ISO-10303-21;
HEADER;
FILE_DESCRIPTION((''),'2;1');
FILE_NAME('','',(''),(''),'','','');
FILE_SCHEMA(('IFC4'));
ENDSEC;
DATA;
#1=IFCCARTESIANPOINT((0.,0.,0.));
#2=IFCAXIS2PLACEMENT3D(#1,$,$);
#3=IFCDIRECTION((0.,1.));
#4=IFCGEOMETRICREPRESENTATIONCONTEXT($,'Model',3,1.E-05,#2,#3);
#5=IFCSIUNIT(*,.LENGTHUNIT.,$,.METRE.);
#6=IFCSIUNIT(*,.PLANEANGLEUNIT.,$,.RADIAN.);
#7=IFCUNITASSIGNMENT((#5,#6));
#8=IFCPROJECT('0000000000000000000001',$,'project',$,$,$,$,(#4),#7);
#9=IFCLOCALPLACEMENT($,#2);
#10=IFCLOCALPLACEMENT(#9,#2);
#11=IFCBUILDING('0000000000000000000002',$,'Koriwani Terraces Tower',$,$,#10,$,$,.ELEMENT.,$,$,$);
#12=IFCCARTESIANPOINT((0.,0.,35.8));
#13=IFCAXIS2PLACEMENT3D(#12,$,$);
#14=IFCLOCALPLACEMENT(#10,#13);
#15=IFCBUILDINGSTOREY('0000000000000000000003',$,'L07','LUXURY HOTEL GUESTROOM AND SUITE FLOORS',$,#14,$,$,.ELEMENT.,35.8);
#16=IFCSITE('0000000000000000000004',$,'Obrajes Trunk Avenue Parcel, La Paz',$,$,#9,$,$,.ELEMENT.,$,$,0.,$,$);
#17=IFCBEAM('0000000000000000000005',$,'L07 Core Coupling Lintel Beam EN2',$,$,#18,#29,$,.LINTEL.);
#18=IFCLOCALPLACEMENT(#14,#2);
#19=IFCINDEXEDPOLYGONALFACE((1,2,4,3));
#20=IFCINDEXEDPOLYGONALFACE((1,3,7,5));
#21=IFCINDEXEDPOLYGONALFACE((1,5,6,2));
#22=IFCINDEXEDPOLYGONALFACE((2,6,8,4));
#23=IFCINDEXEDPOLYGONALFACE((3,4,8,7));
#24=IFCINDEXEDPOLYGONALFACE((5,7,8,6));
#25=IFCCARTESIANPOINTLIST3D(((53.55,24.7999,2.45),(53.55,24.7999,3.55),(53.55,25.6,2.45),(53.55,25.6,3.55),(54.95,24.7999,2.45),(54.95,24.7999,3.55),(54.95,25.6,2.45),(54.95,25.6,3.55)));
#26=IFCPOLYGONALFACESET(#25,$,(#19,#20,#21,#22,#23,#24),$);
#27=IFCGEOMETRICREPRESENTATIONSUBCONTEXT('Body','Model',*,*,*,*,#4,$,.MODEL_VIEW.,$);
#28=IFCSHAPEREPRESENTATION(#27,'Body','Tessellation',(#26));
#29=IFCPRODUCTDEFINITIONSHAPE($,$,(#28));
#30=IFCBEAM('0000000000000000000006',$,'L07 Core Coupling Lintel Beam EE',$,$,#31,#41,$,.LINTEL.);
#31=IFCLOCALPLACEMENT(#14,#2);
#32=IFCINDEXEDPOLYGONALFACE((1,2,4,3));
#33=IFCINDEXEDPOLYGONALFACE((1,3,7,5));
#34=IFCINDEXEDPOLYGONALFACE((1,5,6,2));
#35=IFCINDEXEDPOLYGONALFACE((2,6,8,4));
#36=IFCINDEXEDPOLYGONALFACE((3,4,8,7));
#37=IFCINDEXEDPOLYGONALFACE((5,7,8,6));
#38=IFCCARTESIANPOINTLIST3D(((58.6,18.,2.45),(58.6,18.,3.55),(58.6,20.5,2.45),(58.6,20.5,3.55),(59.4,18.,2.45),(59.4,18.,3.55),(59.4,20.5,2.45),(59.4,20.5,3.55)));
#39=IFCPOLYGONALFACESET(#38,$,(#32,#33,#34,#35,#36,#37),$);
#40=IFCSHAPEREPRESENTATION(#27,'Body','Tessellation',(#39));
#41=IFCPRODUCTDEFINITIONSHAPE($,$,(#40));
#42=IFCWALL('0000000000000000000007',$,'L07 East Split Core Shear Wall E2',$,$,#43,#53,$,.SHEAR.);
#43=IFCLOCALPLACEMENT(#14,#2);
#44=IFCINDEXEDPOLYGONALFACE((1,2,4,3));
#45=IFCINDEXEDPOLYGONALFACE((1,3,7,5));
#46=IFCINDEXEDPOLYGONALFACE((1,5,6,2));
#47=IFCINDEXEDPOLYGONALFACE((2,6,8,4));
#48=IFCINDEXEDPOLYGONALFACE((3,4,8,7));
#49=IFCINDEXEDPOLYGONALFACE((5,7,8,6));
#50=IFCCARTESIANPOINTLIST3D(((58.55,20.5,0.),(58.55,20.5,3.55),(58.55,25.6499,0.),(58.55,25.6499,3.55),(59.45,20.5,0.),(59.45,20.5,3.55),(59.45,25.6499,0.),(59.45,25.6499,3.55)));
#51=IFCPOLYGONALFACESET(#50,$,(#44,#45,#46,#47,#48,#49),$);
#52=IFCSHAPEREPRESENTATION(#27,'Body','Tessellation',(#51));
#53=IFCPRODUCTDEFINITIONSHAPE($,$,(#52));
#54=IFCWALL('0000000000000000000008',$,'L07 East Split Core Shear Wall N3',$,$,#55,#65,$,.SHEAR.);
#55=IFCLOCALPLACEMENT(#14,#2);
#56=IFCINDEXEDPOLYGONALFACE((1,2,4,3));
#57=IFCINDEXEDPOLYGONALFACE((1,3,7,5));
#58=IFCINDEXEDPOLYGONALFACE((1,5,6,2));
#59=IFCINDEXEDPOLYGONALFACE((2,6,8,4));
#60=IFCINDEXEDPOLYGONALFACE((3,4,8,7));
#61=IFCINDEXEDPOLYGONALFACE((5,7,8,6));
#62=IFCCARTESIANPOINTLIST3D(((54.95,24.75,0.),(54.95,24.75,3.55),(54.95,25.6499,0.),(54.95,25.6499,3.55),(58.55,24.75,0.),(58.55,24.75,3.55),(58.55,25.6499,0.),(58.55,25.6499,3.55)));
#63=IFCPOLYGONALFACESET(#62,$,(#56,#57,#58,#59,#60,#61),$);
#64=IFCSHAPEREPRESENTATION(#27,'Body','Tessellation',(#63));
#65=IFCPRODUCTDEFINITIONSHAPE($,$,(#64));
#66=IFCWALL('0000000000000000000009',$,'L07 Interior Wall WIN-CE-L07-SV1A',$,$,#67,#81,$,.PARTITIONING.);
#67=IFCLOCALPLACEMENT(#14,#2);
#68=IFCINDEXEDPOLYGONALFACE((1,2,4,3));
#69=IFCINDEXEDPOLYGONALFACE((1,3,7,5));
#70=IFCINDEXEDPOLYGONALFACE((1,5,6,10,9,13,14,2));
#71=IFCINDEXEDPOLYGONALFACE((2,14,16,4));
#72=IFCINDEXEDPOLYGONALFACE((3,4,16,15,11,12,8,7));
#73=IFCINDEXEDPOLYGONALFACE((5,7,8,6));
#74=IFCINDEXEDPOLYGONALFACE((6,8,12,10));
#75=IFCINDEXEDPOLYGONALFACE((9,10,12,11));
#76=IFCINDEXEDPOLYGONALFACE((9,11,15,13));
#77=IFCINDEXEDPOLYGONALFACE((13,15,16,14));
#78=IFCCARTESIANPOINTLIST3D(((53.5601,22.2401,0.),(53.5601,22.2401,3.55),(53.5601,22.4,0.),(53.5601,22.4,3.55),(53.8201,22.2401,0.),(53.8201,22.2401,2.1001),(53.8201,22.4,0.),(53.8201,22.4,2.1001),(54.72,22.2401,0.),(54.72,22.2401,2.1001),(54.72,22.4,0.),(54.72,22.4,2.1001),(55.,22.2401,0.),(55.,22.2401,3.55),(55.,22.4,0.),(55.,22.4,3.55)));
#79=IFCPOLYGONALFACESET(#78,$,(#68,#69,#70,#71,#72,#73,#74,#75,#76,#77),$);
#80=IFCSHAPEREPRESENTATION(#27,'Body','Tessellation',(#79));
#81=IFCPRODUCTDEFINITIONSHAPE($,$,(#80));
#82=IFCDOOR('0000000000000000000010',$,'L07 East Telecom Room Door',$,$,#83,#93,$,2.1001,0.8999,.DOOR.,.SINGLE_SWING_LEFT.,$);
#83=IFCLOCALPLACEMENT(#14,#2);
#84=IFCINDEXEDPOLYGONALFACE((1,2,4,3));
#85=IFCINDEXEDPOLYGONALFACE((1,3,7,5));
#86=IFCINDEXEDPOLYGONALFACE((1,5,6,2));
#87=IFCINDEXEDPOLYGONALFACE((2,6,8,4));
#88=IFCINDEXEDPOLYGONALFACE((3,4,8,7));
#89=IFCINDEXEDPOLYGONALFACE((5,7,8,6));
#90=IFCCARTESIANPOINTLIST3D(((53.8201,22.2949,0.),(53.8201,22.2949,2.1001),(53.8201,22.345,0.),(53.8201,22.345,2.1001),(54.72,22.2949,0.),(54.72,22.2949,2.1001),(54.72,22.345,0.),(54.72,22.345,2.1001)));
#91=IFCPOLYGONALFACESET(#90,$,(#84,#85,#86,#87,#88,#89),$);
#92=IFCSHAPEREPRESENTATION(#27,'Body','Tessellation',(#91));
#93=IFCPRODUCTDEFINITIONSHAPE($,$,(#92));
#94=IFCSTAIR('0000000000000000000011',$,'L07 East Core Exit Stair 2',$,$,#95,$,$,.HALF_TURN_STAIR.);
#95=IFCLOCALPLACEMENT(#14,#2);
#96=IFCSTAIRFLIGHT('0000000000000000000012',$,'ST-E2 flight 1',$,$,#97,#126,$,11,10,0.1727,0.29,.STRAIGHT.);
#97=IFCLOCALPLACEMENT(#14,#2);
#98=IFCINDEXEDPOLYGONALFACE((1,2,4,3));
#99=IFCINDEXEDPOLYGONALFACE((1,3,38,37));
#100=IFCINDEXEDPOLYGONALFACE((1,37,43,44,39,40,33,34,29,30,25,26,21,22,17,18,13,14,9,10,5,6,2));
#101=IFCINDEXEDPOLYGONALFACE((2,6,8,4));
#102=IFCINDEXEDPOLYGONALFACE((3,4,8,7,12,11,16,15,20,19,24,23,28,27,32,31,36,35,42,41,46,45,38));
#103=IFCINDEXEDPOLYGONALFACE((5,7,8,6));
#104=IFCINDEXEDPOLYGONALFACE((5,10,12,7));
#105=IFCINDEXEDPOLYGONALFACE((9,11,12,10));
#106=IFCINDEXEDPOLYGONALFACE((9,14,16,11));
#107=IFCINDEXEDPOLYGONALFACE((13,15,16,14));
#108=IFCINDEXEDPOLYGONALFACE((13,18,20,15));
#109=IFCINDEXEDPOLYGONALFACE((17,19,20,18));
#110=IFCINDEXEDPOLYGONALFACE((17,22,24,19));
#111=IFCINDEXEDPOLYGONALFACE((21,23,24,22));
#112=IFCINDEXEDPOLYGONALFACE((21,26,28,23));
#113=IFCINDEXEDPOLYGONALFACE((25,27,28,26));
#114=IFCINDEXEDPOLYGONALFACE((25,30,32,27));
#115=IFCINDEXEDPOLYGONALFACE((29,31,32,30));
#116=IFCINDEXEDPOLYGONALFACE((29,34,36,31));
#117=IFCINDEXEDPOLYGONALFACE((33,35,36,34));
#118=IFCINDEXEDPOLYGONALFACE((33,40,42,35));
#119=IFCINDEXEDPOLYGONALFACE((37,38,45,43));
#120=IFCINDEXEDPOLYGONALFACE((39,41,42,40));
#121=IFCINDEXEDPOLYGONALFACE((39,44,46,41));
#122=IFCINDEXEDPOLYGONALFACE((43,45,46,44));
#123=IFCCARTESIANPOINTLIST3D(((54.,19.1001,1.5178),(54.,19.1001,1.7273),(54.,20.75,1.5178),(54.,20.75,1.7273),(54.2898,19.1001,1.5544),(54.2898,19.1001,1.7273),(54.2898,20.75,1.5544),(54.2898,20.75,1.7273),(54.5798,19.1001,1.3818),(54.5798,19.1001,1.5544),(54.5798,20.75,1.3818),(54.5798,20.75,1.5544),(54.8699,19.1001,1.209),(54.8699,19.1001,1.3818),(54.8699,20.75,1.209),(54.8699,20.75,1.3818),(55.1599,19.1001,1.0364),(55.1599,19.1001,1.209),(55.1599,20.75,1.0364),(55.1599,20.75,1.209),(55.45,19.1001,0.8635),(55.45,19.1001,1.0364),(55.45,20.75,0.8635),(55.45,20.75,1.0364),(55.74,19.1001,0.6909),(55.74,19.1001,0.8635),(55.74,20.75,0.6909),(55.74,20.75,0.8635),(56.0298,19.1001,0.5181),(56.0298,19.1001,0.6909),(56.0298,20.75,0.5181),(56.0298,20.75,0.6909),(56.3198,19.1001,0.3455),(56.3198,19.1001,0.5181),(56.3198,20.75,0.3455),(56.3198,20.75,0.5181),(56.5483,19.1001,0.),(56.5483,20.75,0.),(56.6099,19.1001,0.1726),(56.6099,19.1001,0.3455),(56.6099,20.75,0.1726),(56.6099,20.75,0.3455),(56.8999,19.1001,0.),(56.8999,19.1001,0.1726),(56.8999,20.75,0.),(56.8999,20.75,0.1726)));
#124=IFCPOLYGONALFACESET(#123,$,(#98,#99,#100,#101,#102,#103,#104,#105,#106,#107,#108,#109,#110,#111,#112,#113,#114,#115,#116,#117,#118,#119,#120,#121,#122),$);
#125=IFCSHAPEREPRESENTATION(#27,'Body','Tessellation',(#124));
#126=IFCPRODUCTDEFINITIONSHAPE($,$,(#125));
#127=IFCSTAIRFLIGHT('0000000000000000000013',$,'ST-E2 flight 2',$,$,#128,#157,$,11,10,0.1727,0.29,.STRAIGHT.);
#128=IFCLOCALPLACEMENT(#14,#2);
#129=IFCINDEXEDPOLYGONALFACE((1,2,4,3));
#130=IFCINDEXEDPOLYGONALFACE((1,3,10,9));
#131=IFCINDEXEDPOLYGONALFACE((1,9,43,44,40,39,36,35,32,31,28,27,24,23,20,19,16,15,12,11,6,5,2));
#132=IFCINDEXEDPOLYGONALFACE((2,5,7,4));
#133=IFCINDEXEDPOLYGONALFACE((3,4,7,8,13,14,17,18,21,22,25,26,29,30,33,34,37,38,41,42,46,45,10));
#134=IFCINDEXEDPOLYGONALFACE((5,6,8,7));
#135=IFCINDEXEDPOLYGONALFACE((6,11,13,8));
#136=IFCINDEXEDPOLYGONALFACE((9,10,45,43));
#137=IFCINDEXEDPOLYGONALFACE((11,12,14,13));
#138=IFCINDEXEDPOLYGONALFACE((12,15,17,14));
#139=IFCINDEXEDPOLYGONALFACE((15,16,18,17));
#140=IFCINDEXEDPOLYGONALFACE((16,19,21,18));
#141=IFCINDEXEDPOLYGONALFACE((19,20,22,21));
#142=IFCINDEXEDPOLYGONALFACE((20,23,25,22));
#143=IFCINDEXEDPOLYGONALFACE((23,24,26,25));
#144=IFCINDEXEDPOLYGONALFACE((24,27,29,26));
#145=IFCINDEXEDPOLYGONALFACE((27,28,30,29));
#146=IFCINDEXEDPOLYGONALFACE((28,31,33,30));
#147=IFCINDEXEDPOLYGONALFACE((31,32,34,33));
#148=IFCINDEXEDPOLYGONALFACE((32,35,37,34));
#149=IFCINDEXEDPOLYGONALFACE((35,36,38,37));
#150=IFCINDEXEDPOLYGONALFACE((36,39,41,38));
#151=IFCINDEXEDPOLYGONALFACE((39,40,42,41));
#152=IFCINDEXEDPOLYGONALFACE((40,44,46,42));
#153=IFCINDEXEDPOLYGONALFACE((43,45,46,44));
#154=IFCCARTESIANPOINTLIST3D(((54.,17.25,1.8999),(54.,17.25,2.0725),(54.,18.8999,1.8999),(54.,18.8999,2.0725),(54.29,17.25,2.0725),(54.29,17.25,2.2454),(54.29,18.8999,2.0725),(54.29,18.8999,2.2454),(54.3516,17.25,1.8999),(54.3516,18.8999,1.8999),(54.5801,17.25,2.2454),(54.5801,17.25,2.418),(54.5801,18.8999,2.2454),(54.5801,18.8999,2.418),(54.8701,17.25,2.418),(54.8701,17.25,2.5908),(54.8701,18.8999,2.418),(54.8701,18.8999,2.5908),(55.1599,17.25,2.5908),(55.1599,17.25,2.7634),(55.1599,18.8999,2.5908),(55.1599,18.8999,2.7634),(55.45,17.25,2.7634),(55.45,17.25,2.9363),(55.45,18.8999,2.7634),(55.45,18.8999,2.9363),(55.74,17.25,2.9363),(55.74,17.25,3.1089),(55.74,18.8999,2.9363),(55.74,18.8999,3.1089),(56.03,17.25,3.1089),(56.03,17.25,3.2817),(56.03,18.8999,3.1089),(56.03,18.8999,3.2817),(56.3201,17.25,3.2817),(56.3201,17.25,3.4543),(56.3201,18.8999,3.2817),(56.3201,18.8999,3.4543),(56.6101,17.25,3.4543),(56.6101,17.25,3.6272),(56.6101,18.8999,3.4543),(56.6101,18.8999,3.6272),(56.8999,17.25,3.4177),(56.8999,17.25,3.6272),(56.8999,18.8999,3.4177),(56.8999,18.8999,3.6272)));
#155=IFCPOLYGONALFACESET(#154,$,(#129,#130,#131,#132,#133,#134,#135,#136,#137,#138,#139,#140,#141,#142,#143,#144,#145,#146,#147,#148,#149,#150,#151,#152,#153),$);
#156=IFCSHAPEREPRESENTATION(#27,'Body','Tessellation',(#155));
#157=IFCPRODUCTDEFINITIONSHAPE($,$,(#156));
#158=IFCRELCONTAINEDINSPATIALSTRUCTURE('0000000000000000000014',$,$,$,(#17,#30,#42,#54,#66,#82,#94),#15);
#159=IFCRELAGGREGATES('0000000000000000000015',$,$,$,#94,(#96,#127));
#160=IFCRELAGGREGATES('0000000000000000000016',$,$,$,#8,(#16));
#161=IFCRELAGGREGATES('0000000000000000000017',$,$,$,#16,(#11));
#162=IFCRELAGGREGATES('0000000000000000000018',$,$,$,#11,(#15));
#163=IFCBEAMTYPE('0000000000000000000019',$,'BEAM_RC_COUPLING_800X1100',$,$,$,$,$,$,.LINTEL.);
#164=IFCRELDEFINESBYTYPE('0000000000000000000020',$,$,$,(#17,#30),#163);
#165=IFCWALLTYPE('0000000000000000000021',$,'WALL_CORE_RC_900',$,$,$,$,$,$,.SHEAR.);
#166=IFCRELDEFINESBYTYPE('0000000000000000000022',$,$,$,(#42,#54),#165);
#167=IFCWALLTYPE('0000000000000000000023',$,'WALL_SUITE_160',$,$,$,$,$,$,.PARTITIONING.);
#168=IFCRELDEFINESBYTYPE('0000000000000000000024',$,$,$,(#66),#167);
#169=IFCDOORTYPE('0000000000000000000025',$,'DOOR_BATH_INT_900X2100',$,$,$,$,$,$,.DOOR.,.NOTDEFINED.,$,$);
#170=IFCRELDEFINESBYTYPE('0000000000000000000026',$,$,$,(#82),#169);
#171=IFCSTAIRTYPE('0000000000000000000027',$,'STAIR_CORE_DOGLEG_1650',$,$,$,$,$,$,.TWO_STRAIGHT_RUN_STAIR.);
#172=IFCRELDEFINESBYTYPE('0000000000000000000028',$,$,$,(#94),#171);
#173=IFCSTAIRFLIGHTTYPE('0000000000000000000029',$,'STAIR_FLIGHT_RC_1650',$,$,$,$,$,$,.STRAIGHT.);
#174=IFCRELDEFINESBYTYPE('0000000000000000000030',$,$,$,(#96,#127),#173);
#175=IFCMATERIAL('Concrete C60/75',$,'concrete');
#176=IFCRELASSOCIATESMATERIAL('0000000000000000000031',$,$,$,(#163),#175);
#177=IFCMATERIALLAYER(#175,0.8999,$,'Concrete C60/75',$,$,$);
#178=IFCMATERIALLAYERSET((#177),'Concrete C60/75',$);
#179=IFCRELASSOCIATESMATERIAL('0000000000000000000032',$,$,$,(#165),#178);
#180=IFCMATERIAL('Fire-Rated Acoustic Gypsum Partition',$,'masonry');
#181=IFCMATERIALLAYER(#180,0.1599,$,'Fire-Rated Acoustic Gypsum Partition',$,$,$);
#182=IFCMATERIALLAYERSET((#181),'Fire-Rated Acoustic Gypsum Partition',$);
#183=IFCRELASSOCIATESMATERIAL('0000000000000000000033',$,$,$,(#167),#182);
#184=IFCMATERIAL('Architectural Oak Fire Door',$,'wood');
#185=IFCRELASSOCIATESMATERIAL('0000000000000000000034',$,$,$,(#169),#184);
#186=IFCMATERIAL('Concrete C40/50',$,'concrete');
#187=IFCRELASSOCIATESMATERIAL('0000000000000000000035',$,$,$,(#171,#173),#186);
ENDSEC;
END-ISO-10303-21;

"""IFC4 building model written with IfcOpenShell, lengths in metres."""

from ifc_helpers import new_model, si_unit, direction, frame, frame_2d, origin, origin_2d, place, context, subcontext, project, spatial, polyline, rectangle, outline, extrude, material, layer, layer_set, material_profile, profile_set, type_object, element, fill, aggregate, save


model = new_model("IFC4")

# Units and contexts
model_context = context("Model", 3, precision=1e-05, world=origin(), true_north=direction((0.0, 1.0)))
body_context = subcontext(model_context, "Body", "Model", "MODEL_VIEW")
ifc_project = project(units=[si_unit("LENGTHUNIT", "METRE"), si_unit("PLANEANGLEUNIT", "RADIAN")], contexts=[model_context])

# Site, building, storey
site_placement = place(None, origin())
site = spatial("IfcSite", under=ifc_project, at=site_placement, Name="Obrajes Trunk Avenue Parcel, La Paz", CompositionType="ELEMENT", RefElevation=0.0)
building_placement = place(site_placement, origin())
building = spatial("IfcBuilding", under=site, at=building_placement, Name="Koriwani Terraces Tower", CompositionType="ELEMENT")
storey_placement = place(building_placement, frame((0.0, 0.0, 35.8)))
storey = spatial("IfcBuildingStorey", under=building, at=storey_placement, Name="L07", Description="LUXURY HOTEL GUESTROOM AND SUITE FLOORS", CompositionType="ELEMENT", Elevation=35.8)

# Beams
ifc_material_1 = material(Name="Concrete C60/75", Category="concrete")
ifc_material_profile = material_profile(ifc_material_1, rectangle(XDim=0.8, YDim=1.1001, at=origin_2d()), Name="Concrete C60/75", Category="LoadBearing")
ifc_profile_set = profile_set([ifc_material_profile], Name="Concrete C60/75")
beam_type = type_object("IfcBeamType", Name="BEAM_RC_COUPLING_800X1100", PredefinedType="LINTEL", material=ifc_profile_set)
beam_1_placement = place(storey_placement, frame((53.55, 25.2, 3.0), z_axis=(1.0, 0.0, 0.0), x_axis=(0.0, 1.0, 0.0)))
element("IfcBeam", 1, at=beam_1_placement, inside=storey, type_object=beam_type, Name="L07 Core Coupling Lintel Beam EN2", PredefinedType="LINTEL", context=body_context, shape_type="SweptSolid", body=[
    extrude(rectangle(XDim=0.8, YDim=1.1001, at=origin_2d()), origin(), (0.0, 0.0, 1.0), 1.3999),
])
beam_2_placement = place(storey_placement, frame((59.0, 18.0, 3.0), z_axis=(0.0, 1.0, 0.0), x_axis=(-1.0, 0.0, 0.0)))
element("IfcBeam", 2, at=beam_2_placement, inside=storey, type_object=beam_type, Name="L07 Core Coupling Lintel Beam EE", PredefinedType="LINTEL", context=body_context, shape_type="SweptSolid", body=[
    extrude(rectangle(XDim=0.8, YDim=1.1001, at=origin_2d()), origin(), (0.0, 0.0, 1.0), 2.5),
])

# Walls
ifc_layer_1 = layer(ifc_material_1, 0.8999, Name="Concrete C60/75")
ifc_layer_set_1 = layer_set([ifc_layer_1], Name="Concrete C60/75")
wall_type_1 = type_object("IfcWallType", Name="WALL_CORE_RC_900", PredefinedType="SHEAR", material=ifc_layer_set_1)
wall_1_placement = place(storey_placement, frame((59.0, 20.5, 0.0), z_axis=(0.0, 0.0, 1.0), x_axis=(0.0, 1.0, 0.0)))
element("IfcWall", 3, at=wall_1_placement, inside=storey, type_object=wall_type_1, Name="L07 East Split Core Shear Wall E2", PredefinedType="SHEAR", context=body_context, shape_type="SweptSolid", body=[
    extrude(rectangle(XDim=5.1499, YDim=0.8999, at=frame_2d((2.575, 0.0))), origin(), (0.0, 0.0, 1.0), 3.55),
])
wall_2_placement = place(storey_placement, frame((54.95, 25.2, 0.0), z_axis=(0.0, 0.0, 1.0), x_axis=(1.0, 0.0, 0.0)))
element("IfcWall", 4, at=wall_2_placement, inside=storey, type_object=wall_type_1, Name="L07 East Split Core Shear Wall N3", PredefinedType="SHEAR", context=body_context, shape_type="SweptSolid", body=[
    extrude(rectangle(XDim=3.6001, YDim=0.8999, at=frame_2d((1.8, 0.0))), origin(), (0.0, 0.0, 1.0), 3.55),
])

# Wall, opening, door
ifc_material_2 = material(Name="Concrete C40/50", Category="concrete")
ifc_material_3 = material(Name="Fire-Rated Acoustic Gypsum Partition", Category="masonry")
ifc_layer_2 = layer(ifc_material_3, 0.1599, Name="Fire-Rated Acoustic Gypsum Partition")
ifc_layer_set_2 = layer_set([ifc_layer_2], Name="Fire-Rated Acoustic Gypsum Partition")
wall_type_2 = type_object("IfcWallType", Name="WALL_SUITE_160", PredefinedType="PARTITIONING", material=ifc_layer_set_2)
wall_3_placement = place(storey_placement, frame((53.5601, 22.3201, 0.0), z_axis=(0.0, 0.0, 1.0), x_axis=(1.0, 0.0, 0.0)))
wall_3 = element("IfcWall", 5, at=wall_3_placement, inside=storey, type_object=wall_type_2, Name="L07 Interior Wall WIN-CE-L07-SV1A", PredefinedType="PARTITIONING", context=body_context, shape_type="SweptSolid", body=[
    extrude(rectangle(XDim=1.4399, YDim=0.1599, at=frame_2d((0.72, 0.0))), origin(), (0.0, 0.0, 1.0), 3.55),
])
opening_1_placement = place(wall_3_placement, frame((0.26, 0.0, 0.0)))
opening_1 = element("IfcOpeningElement", 6, at=opening_1_placement, cuts=wall_3, PredefinedType="OPENING", context=body_context, shape_type="SweptSolid", body=[
    extrude(rectangle(XDim=0.8999, YDim=2.1001, at=frame_2d((0.45, 1.05))), frame((0.0, 0.0898, 0.0), z_axis=(0.0, -1.0, 0.0), x_axis=(1.0, 0.0, 0.0)), (0.0, 0.0, 1.0), 0.1799),
])
ifc_material_4 = material(Name="Architectural Oak Fire Door", Category="wood")
door_type_1 = type_object("IfcDoorType", Name="DOOR_BATH_INT_900X2100", OperationType="NOTDEFINED", PredefinedType="DOOR", material=ifc_material_4)
door_1_placement = place(opening_1_placement, origin())
door_1 = element("IfcDoor", 7, at=door_1_placement, inside=storey, type_object=door_type_1, Name="L07 East Telecom Room Door", OperationType="SINGLE_SWING_LEFT", OverallHeight=2.1001, OverallWidth=0.8999, PredefinedType="DOOR", context=body_context, shape_type="SweptSolid", body=[
    extrude(rectangle(XDim=0.8999, YDim=2.1001, at=frame_2d((0.45, 1.05))), frame((0.0, 0.0249, 0.0), z_axis=(0.0, -1.0, 0.0), x_axis=(1.0, 0.0, 0.0)), (0.0, 0.0, 1.0), 0.05),
])
fill(opening_1, door_1)

# Stair, stair flights
stair_type = type_object("IfcStairType", Name="STAIR_CORE_DOGLEG_1650", PredefinedType="TWO_STRAIGHT_RUN_STAIR", material=ifc_material_2)
stair_placement = place(storey_placement, origin())
stair = element("IfcStair", 8, at=stair_placement, inside=storey, type_object=stair_type, Name="L07 East Core Exit Stair 2", PredefinedType="HALF_TURN_STAIR")
stair_flight_type = type_object("IfcStairFlightType", Name="STAIR_FLIGHT_RC_1650", PredefinedType="STRAIGHT", material=ifc_material_2)
stair_flight_1_placement = place(storey_placement, frame((56.8999, 19.925, 0.0), z_axis=(0.0, 0.0, 1.0), x_axis=(-1.0, 0.0, 0.0)))
stair_flight_1 = element("IfcStairFlight", 9, at=stair_flight_1_placement, type_object=stair_flight_type, Name="ST-E2 flight 1", NumberOfRisers=11, NumberOfTreads=10, PredefinedType="STRAIGHT", RiserHeight=0.1727, TreadLength=0.29, context=body_context, shape_type="SweptSolid", body=[
    extrude(outline(polyline([(0.0, 0.0), (0.0, 0.1726), (0.29, 0.1726), (0.29, 0.3455), (0.5801, 0.3455), (0.5801, 0.5181), (0.8701, 0.5181), (0.8701, 0.6909), (1.1599, 0.6909), (1.1599, 0.8635), (1.45, 0.8635), (1.45, 1.0364), (1.74, 1.0364), (1.74, 1.209), (2.03, 1.209), (2.03, 1.3818), (2.3201, 1.3818), (2.3201, 1.5544), (2.6101, 1.5544), (2.6101, 1.7273), (2.8999, 1.7273), (2.8999, 1.8999), (2.8999, 1.5178), (0.3516, 0.0), (0.0, 0.0)])), frame((0.0, 0.825, 0.0), z_axis=(0.0, -1.0, 0.0), x_axis=(1.0, 0.0, 0.0)), (0.0, 0.0, 1.0), 1.6499),
])
stair_flight_2_placement = place(storey_placement, frame((54.0, 18.075, 1.8999), z_axis=(0.0, 0.0, 1.0), x_axis=(1.0, 0.0, 0.0)))
stair_flight_2 = element("IfcStairFlight", 10, at=stair_flight_2_placement, type_object=stair_flight_type, Name="ST-E2 flight 2", NumberOfRisers=11, NumberOfTreads=10, PredefinedType="STRAIGHT", RiserHeight=0.1727, TreadLength=0.29, context=body_context, shape_type="SweptSolid", body=[
    extrude(outline(polyline([(0.0, 0.0), (0.0, 0.1726), (0.29, 0.1726), (0.29, 0.3455), (0.5801, 0.3455), (0.5801, 0.5181), (0.8701, 0.5181), (0.8701, 0.6909), (1.1599, 0.6909), (1.1599, 0.8635), (1.45, 0.8635), (1.45, 1.0364), (1.74, 1.0364), (1.74, 1.209), (2.03, 1.209), (2.03, 1.3818), (2.3201, 1.3818), (2.3201, 1.5544), (2.6101, 1.5544), (2.6101, 1.7273), (2.8999, 1.7273), (2.8999, 1.8999), (2.8999, 1.5178), (0.3516, 0.0), (0.0, 0.0)])), frame((0.0, 0.825, 0.0), z_axis=(0.0, -1.0, 0.0), x_axis=(1.0, 0.0, 0.0)), (0.0, 0.0, 1.0), 1.6499),
])
aggregate(stair, [stair_flight_1, stair_flight_2])

save(model, "model.ifc")
